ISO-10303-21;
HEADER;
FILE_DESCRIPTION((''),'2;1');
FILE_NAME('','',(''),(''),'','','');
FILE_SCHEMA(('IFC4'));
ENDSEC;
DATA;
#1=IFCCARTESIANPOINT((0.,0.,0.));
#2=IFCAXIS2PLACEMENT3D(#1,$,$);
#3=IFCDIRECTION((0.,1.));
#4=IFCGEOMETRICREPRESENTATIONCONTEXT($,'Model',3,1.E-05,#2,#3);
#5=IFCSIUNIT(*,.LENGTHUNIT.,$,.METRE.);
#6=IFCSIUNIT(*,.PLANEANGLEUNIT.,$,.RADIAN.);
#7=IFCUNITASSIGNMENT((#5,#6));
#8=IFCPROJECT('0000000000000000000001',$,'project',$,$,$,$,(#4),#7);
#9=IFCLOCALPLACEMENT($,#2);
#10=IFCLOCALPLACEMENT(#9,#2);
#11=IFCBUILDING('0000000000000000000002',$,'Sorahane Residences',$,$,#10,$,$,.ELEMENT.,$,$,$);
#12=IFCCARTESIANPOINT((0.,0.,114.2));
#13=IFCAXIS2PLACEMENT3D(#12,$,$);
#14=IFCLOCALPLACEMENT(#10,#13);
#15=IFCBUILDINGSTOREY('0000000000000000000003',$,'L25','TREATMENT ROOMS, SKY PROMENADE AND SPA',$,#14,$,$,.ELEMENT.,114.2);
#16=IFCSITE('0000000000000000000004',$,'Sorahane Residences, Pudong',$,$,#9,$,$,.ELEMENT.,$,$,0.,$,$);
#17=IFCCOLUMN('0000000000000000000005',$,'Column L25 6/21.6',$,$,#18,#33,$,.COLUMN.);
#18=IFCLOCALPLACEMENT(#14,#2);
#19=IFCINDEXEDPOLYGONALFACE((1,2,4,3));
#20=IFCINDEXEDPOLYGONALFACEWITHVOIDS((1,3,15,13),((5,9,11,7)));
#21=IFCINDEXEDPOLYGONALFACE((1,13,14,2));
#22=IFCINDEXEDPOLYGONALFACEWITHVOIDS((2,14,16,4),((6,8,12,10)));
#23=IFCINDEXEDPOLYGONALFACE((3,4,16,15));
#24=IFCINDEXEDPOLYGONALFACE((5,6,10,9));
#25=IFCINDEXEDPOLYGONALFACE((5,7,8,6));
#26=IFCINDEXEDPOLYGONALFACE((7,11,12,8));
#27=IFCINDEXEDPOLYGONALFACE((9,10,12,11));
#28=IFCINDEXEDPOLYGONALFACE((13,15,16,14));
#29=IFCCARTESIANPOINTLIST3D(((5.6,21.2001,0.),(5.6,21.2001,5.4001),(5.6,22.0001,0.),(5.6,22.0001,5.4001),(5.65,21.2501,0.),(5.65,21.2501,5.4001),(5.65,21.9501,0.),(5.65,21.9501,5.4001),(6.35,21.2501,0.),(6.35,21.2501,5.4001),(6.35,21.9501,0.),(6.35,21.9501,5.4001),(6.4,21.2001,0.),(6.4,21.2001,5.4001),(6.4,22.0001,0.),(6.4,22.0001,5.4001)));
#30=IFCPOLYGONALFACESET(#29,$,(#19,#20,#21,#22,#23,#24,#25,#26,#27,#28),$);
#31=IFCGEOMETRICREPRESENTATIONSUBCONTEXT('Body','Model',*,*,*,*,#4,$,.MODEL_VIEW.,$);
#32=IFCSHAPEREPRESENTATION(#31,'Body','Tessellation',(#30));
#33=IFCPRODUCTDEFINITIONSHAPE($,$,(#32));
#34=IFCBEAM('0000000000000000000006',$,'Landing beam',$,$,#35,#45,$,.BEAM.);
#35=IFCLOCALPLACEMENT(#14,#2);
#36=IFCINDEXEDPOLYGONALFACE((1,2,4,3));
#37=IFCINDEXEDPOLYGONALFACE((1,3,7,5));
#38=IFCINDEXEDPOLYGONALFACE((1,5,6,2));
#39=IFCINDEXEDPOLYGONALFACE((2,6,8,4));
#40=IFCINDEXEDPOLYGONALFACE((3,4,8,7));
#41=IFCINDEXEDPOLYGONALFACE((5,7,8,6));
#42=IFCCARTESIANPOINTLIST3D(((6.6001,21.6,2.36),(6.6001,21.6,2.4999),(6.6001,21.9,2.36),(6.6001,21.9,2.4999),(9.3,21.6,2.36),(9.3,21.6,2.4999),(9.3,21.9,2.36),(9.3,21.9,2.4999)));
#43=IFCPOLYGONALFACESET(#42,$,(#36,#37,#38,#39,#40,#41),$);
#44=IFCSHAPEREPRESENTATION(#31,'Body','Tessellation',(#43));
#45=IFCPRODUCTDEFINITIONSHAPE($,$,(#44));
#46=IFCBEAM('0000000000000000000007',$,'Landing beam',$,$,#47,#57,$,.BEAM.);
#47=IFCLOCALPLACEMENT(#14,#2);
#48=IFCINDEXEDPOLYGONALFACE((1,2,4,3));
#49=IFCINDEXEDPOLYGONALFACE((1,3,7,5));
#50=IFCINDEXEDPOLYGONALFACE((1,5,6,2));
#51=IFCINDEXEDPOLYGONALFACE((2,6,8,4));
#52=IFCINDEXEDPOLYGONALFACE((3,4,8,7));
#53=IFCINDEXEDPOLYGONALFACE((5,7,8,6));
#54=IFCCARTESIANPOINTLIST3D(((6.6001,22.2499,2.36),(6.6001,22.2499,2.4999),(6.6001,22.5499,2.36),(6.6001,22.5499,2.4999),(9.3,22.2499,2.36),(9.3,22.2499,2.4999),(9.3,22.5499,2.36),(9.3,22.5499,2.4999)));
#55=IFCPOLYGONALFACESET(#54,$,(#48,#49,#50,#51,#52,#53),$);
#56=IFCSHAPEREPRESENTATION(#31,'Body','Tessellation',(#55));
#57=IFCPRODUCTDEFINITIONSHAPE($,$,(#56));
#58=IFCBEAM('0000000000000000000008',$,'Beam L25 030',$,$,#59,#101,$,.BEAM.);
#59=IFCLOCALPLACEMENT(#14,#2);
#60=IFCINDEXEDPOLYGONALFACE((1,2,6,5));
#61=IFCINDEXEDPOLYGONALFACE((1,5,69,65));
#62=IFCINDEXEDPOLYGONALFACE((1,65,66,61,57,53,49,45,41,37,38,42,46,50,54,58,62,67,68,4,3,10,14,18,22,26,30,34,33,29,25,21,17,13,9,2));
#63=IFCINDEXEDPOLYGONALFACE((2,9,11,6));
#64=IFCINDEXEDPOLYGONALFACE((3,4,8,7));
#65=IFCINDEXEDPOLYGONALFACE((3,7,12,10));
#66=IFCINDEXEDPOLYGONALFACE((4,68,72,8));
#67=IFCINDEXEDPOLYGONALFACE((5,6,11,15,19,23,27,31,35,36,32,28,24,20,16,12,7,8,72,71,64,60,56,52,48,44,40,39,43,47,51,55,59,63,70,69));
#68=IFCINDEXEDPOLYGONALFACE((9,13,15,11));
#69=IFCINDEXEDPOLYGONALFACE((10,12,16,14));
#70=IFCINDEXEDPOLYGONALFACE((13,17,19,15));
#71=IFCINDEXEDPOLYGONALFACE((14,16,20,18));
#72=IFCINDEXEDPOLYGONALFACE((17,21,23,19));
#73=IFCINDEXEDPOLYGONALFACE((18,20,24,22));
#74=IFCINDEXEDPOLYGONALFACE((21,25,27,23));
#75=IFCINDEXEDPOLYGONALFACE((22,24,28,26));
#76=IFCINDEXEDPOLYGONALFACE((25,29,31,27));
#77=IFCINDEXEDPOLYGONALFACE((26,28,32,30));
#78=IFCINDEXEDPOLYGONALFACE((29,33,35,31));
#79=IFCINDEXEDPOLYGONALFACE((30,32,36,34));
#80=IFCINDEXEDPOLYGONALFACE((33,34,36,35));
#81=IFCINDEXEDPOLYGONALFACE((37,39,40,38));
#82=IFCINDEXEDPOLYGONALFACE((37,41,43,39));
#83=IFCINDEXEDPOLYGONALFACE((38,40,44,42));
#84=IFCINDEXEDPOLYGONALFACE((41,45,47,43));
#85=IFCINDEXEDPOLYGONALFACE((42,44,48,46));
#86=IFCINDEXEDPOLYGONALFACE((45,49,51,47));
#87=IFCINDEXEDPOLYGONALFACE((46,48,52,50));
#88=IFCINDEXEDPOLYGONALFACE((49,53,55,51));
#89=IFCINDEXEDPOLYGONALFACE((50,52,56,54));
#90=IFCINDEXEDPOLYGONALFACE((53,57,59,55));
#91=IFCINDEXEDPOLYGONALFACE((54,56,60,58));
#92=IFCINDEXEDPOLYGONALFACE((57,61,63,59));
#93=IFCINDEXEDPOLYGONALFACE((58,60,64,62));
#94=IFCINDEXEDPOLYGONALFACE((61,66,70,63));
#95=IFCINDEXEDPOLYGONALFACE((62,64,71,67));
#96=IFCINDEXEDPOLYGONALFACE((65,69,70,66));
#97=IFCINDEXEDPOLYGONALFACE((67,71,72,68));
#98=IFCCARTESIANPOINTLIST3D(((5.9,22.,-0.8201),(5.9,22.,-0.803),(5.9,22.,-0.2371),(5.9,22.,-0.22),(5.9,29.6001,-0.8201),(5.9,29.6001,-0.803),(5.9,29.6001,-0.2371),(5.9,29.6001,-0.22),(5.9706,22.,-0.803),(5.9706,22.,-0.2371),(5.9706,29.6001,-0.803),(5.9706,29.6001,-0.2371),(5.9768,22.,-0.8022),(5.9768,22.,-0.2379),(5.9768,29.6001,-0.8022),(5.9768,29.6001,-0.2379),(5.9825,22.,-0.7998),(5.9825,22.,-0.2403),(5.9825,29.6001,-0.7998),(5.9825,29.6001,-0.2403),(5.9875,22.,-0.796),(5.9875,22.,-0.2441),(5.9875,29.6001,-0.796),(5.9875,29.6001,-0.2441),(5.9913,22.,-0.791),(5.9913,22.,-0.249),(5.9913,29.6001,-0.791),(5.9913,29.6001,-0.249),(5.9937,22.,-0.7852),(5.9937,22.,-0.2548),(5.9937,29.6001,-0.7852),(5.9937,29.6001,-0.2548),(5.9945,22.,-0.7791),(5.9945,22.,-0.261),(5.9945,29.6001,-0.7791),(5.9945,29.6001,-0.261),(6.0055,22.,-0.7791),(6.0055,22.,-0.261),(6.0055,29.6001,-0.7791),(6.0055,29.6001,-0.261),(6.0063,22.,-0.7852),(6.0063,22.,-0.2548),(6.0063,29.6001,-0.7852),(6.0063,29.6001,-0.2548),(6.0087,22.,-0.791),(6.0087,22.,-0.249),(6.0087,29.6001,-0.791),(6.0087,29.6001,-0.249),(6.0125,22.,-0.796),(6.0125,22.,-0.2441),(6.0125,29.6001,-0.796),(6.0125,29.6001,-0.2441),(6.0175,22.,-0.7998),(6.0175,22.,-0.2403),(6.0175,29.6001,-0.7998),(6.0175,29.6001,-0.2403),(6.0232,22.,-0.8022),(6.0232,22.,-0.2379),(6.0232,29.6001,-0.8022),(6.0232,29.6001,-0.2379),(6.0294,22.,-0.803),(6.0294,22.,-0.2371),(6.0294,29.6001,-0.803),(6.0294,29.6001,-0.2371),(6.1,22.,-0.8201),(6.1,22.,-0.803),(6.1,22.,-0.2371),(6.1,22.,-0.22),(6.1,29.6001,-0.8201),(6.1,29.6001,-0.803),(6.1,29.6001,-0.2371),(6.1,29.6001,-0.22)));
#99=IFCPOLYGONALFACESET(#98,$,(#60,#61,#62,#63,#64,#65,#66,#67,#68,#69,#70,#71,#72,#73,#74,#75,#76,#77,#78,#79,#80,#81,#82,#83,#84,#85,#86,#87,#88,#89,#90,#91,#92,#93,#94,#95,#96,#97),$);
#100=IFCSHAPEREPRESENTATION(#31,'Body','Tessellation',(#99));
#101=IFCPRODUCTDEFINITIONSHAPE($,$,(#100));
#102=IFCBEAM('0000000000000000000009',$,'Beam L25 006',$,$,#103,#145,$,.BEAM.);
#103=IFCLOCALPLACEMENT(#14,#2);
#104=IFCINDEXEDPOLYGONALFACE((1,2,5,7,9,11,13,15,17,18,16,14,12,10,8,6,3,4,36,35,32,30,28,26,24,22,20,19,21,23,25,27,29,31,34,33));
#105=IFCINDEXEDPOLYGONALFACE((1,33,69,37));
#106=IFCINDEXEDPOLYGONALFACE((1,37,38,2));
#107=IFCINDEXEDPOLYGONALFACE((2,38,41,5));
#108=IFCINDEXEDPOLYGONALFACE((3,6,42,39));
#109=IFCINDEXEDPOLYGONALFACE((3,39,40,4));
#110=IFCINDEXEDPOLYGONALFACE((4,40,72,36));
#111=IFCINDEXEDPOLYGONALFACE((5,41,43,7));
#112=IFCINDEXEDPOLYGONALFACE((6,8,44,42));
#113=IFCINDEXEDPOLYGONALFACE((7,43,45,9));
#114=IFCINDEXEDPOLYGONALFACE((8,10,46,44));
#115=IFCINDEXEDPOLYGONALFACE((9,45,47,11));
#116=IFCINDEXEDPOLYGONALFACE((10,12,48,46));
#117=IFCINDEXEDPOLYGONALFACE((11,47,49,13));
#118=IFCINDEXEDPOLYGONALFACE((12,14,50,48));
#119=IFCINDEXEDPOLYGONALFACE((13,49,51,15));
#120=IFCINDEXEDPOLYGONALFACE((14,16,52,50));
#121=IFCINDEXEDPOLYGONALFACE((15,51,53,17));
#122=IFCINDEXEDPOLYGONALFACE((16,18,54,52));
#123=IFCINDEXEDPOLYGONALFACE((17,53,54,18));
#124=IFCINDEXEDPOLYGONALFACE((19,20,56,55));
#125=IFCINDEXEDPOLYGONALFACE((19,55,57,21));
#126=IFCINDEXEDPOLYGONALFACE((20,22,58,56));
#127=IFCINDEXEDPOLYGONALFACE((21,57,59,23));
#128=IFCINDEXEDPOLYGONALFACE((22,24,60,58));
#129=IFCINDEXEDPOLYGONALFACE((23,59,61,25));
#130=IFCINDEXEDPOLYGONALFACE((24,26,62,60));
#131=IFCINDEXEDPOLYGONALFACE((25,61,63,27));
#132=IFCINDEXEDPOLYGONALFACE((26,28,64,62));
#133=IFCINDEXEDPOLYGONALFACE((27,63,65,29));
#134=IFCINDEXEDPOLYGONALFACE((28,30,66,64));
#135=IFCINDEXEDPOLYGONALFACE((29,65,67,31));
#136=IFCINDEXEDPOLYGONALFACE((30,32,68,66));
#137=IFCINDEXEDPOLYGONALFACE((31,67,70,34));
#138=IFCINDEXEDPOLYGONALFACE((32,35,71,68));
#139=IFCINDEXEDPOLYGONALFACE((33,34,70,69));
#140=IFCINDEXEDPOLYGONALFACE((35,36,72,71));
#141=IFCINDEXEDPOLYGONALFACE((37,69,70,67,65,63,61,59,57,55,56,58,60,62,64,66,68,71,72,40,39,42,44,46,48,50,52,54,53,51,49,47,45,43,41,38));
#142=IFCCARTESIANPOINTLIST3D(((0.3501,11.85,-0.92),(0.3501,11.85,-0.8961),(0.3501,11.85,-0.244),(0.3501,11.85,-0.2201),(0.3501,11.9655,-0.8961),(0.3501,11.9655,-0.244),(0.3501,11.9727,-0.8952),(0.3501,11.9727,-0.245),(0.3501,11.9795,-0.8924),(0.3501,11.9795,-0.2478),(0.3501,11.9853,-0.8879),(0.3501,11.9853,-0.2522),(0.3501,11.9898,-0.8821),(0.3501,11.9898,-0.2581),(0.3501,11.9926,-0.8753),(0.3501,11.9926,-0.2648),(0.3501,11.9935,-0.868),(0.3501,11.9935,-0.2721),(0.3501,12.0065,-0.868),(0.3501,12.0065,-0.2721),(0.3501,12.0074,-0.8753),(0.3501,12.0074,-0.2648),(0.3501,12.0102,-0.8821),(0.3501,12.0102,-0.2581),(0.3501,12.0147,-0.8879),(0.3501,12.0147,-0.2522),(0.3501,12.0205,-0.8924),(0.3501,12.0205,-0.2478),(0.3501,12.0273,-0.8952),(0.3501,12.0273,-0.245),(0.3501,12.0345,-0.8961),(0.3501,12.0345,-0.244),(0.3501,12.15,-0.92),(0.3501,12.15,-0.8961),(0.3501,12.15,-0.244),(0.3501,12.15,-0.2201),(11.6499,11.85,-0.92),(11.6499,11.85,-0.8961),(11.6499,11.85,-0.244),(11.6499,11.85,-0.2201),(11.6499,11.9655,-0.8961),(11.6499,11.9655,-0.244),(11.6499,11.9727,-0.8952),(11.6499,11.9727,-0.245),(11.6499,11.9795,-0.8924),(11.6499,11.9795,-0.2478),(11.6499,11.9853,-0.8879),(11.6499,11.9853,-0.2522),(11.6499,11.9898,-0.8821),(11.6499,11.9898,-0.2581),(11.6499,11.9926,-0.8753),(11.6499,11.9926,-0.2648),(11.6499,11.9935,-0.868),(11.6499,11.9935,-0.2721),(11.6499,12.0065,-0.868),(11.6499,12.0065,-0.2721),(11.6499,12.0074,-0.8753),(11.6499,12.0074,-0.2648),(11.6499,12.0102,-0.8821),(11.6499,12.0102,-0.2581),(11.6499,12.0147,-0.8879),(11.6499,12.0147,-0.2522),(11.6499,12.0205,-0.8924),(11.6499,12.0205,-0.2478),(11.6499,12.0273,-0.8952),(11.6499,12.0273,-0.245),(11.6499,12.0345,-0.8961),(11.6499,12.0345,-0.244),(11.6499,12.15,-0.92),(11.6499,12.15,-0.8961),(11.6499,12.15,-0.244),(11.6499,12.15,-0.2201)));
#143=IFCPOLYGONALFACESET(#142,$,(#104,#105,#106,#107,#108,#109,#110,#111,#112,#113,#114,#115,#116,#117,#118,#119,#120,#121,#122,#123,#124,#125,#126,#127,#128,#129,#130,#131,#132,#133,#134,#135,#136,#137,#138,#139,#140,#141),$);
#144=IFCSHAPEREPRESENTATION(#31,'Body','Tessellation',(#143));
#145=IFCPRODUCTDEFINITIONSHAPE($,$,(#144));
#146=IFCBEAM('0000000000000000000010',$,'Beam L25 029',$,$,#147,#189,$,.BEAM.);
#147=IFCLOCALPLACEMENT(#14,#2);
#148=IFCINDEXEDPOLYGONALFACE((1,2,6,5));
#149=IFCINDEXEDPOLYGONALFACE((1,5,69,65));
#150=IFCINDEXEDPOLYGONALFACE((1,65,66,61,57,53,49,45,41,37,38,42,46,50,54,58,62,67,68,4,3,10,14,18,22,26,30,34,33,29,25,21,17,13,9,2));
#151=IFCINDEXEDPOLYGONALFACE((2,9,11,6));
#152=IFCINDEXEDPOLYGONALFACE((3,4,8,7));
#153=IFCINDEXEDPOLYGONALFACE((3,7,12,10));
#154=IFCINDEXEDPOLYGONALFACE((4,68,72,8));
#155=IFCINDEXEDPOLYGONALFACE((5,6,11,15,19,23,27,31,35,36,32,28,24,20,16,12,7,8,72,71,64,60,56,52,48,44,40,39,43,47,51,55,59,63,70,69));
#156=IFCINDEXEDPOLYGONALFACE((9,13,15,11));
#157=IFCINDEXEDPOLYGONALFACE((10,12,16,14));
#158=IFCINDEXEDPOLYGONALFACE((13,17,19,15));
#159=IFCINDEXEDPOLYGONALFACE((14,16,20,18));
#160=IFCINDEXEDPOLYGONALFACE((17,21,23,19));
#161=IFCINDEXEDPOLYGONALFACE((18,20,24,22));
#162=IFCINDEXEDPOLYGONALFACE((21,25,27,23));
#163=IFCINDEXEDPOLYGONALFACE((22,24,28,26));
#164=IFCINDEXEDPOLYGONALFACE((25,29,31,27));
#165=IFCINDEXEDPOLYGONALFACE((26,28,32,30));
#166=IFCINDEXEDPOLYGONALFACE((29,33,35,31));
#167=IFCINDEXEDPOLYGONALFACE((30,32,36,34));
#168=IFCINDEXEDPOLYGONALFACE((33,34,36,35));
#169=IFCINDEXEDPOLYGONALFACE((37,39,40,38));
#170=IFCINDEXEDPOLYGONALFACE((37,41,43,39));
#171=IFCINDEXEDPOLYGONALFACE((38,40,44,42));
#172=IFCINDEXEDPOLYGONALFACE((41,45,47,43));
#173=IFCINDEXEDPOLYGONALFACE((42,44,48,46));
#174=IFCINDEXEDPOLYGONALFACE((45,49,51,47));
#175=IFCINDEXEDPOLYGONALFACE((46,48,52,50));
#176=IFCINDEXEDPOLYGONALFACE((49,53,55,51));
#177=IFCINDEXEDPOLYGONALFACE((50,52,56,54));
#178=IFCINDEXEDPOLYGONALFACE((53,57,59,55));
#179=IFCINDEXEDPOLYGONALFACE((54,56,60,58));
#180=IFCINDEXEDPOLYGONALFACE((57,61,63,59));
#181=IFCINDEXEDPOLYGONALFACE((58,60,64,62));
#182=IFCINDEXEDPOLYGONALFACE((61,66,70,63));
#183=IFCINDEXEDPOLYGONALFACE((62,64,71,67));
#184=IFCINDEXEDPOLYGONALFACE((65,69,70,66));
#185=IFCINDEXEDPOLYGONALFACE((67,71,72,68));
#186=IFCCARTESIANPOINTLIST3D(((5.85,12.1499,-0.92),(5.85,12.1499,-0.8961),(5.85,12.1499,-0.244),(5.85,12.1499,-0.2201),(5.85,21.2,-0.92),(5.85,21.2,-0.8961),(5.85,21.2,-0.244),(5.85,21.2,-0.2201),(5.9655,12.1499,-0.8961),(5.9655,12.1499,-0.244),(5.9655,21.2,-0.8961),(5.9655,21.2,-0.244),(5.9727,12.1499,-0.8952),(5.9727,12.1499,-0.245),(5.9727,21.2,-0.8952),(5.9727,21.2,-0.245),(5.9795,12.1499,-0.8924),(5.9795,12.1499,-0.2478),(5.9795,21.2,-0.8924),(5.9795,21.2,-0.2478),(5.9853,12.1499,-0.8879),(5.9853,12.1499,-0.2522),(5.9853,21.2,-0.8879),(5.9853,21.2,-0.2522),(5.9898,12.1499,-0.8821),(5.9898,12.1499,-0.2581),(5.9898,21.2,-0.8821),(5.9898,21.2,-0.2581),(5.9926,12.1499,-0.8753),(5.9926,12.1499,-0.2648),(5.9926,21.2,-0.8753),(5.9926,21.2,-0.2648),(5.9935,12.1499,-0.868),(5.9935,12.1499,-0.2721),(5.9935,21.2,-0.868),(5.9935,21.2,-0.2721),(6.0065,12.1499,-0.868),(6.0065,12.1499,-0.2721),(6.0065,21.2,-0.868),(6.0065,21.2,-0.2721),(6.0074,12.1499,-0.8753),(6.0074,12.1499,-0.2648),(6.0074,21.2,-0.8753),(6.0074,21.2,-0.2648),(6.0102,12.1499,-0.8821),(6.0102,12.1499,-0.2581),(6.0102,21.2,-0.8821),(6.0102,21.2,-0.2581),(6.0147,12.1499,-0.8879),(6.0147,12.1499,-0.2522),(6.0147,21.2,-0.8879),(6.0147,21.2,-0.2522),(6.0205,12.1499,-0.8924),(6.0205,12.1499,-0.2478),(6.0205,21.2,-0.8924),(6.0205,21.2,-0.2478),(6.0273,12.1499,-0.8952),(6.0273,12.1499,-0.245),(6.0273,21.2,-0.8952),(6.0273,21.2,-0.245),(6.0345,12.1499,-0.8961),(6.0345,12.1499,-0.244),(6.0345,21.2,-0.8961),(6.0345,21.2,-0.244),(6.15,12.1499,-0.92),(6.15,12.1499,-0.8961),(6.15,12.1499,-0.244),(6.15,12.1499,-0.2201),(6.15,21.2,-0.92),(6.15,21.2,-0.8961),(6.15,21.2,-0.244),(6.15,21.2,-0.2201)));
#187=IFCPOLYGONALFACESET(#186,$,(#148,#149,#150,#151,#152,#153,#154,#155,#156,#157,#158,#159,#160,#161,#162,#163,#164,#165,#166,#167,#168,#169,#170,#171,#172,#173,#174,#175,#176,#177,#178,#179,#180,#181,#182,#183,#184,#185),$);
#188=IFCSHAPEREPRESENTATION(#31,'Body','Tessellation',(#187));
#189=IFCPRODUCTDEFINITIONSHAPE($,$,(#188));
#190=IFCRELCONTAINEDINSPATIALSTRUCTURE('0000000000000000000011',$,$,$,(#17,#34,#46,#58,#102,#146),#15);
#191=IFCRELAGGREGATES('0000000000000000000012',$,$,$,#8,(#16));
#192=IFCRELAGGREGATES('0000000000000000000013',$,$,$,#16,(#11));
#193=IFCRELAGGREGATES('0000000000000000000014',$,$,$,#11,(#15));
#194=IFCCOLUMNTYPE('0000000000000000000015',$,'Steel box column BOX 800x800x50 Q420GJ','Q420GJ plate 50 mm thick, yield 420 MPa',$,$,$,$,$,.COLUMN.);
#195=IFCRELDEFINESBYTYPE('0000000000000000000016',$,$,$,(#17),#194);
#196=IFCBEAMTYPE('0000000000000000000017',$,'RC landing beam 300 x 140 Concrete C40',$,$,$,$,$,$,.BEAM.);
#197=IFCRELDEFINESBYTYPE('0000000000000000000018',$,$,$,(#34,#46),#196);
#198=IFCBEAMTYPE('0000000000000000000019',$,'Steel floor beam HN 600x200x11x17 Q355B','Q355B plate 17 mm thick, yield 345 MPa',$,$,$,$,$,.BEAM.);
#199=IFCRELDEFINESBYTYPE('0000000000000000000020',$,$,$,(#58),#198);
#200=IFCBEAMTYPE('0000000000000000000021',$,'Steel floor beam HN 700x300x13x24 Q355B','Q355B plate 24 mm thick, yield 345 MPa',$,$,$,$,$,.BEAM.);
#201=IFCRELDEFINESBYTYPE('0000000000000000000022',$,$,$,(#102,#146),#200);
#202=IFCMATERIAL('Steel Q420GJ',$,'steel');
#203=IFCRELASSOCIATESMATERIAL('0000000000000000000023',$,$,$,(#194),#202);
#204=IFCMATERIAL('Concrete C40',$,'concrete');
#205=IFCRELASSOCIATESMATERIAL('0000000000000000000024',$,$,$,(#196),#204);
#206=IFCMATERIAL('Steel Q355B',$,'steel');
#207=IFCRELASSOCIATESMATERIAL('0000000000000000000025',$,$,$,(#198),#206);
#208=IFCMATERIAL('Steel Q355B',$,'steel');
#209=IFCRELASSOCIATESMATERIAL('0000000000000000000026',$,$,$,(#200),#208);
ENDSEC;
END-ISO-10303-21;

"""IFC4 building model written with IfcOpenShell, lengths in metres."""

from ifc_helpers import new_model, si_unit, direction, frame, origin, origin_2d, place, context, subcontext, project, spatial, rectangle, hollow_rectangle, i_section, extrude, material, material_profile, profile_set, type_object, element, save


model = new_model("IFC4")

# Units and contexts
model_context = context("Model", 3, precision=1e-05, world=origin(), true_north=direction((0.0, 1.0)))
body_context = subcontext(model_context, "Body", "Model", "MODEL_VIEW")
ifc_project = project(units=[si_unit("LENGTHUNIT", "METRE"), si_unit("PLANEANGLEUNIT", "RADIAN")], contexts=[model_context])

# Site, building, storey
site_placement = place(None, origin())
site = spatial("IfcSite", under=ifc_project, at=site_placement, Name="Sorahane Residences, Pudong", CompositionType="ELEMENT", RefElevation=0.0)
building_placement = place(site_placement, origin())
building = spatial("IfcBuilding", under=site, at=building_placement, Name="Sorahane Residences", CompositionType="ELEMENT")
storey_placement = place(building_placement, frame((0.0, 0.0, 114.2)))
storey = spatial("IfcBuildingStorey", under=building, at=storey_placement, Name="L25", Description="TREATMENT ROOMS, SKY PROMENADE AND SPA", CompositionType="ELEMENT", Elevation=114.2)

# Column
ifc_material_1 = material(Name="Steel Q420GJ", Category="steel")
ifc_material_profile_1 = material_profile(ifc_material_1, hollow_rectangle(XDim=0.8, YDim=0.8, WallThickness=0.05, at=origin_2d()), Name="BOX 800x800x50")
ifc_profile_set_1 = profile_set([ifc_material_profile_1], Name="Steel Q420GJ")
column_type = type_object("IfcColumnType", Name="Steel box column BOX 800x800x50 Q420GJ", Description="Q420GJ plate 50 mm thick, yield 420 MPa", PredefinedType="COLUMN", material=ifc_profile_set_1)
column_placement = place(storey_placement, frame((6.0, 21.6001, 0.0), z_axis=(0.0, 0.0, 1.0), x_axis=(1.0, 0.0, 0.0)))
element("IfcColumn", 1, at=column_placement, inside=storey, type_object=column_type, Name="Column L25 6/21.6", PredefinedType="COLUMN", context=body_context, shape_type="SweptSolid", body=[
    extrude(hollow_rectangle(XDim=0.8, YDim=0.8, WallThickness=0.05, at=origin_2d()), origin(), (0.0, 0.0, 1.0), 5.4001),
])

# Beams
ifc_material_2 = material(Name="Concrete C40", Category="concrete")
ifc_material_profile_2 = material_profile(ifc_material_2, rectangle(XDim=0.3, YDim=0.1399, at=origin_2d()), Name="300x140")
ifc_profile_set_2 = profile_set([ifc_material_profile_2], Name="Concrete C40")
beam_type_1 = type_object("IfcBeamType", Name="RC landing beam 300 x 140 Concrete C40", PredefinedType="BEAM", material=ifc_profile_set_2)
for number, where, z_axis, x_axis, name in (
    (2, (6.6001, 21.75, 2.4299), (1.0, 0.0, 0.0), (0.0, 1.0, 0.0), "Landing beam"),
    (3, (6.6001, 22.3999, 2.4299), (1.0, 0.0, 0.0), (0.0, 1.0, 0.0), "Landing beam"),
):
    element("IfcBeam", number, at=place(storey_placement, frame(where, z_axis=z_axis, x_axis=x_axis)), inside=storey, type_object=beam_type_1, Name=name, PredefinedType="BEAM", context=body_context, shape_type="SweptSolid", body=[
        extrude(rectangle(XDim=0.3, YDim=0.1399, at=origin_2d()), origin(), (0.0, 0.0, 1.0), 2.7),
    ])
ifc_material_3 = material(Name="Steel Q355B", Category="steel")
ifc_material_profile_3 = material_profile(ifc_material_3, i_section(OverallWidth=0.2, OverallDepth=0.6001, WebThickness=0.011, FlangeThickness=0.0171, FilletRadius=0.0239, at=origin_2d()), Name="HN 600x200x11x17")
ifc_profile_set_3 = profile_set([ifc_material_profile_3], Name="Steel Q355B")
beam_type_2 = type_object("IfcBeamType", Name="Steel floor beam HN 600x200x11x17 Q355B", Description="Q355B plate 17 mm thick, yield 345 MPa", PredefinedType="BEAM", material=ifc_profile_set_3)
beam_1_placement = place(storey_placement, frame((6.0, 22.0, -0.52), z_axis=(0.0, 1.0, 0.0), x_axis=(-1.0, 0.0, 0.0)))
element("IfcBeam", 4, at=beam_1_placement, inside=storey, type_object=beam_type_2, Name="Beam L25 030", PredefinedType="BEAM", context=body_context, shape_type="SweptSolid", body=[
    extrude(i_section(OverallWidth=0.2, OverallDepth=0.6001, WebThickness=0.011, FlangeThickness=0.0171, FilletRadius=0.0239, at=origin_2d()), origin(), (0.0, 0.0, 1.0), 7.6001),
])
ifc_material_4 = material(Name="Steel Q355B", Category="steel")
ifc_material_profile_4 = material_profile(ifc_material_4, i_section(OverallWidth=0.3, OverallDepth=0.7, WebThickness=0.0129, FlangeThickness=0.0239, FilletRadius=0.0281, at=origin_2d()), Name="HN 700x300x13x24")
ifc_profile_set_4 = profile_set([ifc_material_profile_4], Name="Steel Q355B")
beam_type_3 = type_object("IfcBeamType", Name="Steel floor beam HN 700x300x13x24 Q355B", Description="Q355B plate 24 mm thick, yield 345 MPa", PredefinedType="BEAM", material=ifc_profile_set_4)
beam_2_placement = place(storey_placement, frame((0.3501, 12.0, -0.5701), z_axis=(1.0, 0.0, 0.0), x_axis=(0.0, 1.0, 0.0)))
element("IfcBeam", 5, at=beam_2_placement, inside=storey, type_object=beam_type_3, Name="Beam L25 006", PredefinedType="BEAM", context=body_context, shape_type="SweptSolid", body=[
    extrude(i_section(OverallWidth=0.3, OverallDepth=0.7, WebThickness=0.0129, FlangeThickness=0.0239, FilletRadius=0.0281, at=origin_2d()), origin(), (0.0, 0.0, 1.0), 11.2998),
])
beam_3_placement = place(storey_placement, frame((6.0, 12.1499, -0.5701), z_axis=(0.0, 1.0, 0.0), x_axis=(-1.0, 0.0, 0.0)))
element("IfcBeam", 6, at=beam_3_placement, inside=storey, type_object=beam_type_3, Name="Beam L25 029", PredefinedType="BEAM", context=body_context, shape_type="SweptSolid", body=[
    extrude(i_section(OverallWidth=0.3, OverallDepth=0.7, WebThickness=0.0129, FlangeThickness=0.0239, FilletRadius=0.0281, at=origin_2d()), origin(), (0.0, 0.0, 1.0), 9.05),
])

save(model, "model.ifc")
